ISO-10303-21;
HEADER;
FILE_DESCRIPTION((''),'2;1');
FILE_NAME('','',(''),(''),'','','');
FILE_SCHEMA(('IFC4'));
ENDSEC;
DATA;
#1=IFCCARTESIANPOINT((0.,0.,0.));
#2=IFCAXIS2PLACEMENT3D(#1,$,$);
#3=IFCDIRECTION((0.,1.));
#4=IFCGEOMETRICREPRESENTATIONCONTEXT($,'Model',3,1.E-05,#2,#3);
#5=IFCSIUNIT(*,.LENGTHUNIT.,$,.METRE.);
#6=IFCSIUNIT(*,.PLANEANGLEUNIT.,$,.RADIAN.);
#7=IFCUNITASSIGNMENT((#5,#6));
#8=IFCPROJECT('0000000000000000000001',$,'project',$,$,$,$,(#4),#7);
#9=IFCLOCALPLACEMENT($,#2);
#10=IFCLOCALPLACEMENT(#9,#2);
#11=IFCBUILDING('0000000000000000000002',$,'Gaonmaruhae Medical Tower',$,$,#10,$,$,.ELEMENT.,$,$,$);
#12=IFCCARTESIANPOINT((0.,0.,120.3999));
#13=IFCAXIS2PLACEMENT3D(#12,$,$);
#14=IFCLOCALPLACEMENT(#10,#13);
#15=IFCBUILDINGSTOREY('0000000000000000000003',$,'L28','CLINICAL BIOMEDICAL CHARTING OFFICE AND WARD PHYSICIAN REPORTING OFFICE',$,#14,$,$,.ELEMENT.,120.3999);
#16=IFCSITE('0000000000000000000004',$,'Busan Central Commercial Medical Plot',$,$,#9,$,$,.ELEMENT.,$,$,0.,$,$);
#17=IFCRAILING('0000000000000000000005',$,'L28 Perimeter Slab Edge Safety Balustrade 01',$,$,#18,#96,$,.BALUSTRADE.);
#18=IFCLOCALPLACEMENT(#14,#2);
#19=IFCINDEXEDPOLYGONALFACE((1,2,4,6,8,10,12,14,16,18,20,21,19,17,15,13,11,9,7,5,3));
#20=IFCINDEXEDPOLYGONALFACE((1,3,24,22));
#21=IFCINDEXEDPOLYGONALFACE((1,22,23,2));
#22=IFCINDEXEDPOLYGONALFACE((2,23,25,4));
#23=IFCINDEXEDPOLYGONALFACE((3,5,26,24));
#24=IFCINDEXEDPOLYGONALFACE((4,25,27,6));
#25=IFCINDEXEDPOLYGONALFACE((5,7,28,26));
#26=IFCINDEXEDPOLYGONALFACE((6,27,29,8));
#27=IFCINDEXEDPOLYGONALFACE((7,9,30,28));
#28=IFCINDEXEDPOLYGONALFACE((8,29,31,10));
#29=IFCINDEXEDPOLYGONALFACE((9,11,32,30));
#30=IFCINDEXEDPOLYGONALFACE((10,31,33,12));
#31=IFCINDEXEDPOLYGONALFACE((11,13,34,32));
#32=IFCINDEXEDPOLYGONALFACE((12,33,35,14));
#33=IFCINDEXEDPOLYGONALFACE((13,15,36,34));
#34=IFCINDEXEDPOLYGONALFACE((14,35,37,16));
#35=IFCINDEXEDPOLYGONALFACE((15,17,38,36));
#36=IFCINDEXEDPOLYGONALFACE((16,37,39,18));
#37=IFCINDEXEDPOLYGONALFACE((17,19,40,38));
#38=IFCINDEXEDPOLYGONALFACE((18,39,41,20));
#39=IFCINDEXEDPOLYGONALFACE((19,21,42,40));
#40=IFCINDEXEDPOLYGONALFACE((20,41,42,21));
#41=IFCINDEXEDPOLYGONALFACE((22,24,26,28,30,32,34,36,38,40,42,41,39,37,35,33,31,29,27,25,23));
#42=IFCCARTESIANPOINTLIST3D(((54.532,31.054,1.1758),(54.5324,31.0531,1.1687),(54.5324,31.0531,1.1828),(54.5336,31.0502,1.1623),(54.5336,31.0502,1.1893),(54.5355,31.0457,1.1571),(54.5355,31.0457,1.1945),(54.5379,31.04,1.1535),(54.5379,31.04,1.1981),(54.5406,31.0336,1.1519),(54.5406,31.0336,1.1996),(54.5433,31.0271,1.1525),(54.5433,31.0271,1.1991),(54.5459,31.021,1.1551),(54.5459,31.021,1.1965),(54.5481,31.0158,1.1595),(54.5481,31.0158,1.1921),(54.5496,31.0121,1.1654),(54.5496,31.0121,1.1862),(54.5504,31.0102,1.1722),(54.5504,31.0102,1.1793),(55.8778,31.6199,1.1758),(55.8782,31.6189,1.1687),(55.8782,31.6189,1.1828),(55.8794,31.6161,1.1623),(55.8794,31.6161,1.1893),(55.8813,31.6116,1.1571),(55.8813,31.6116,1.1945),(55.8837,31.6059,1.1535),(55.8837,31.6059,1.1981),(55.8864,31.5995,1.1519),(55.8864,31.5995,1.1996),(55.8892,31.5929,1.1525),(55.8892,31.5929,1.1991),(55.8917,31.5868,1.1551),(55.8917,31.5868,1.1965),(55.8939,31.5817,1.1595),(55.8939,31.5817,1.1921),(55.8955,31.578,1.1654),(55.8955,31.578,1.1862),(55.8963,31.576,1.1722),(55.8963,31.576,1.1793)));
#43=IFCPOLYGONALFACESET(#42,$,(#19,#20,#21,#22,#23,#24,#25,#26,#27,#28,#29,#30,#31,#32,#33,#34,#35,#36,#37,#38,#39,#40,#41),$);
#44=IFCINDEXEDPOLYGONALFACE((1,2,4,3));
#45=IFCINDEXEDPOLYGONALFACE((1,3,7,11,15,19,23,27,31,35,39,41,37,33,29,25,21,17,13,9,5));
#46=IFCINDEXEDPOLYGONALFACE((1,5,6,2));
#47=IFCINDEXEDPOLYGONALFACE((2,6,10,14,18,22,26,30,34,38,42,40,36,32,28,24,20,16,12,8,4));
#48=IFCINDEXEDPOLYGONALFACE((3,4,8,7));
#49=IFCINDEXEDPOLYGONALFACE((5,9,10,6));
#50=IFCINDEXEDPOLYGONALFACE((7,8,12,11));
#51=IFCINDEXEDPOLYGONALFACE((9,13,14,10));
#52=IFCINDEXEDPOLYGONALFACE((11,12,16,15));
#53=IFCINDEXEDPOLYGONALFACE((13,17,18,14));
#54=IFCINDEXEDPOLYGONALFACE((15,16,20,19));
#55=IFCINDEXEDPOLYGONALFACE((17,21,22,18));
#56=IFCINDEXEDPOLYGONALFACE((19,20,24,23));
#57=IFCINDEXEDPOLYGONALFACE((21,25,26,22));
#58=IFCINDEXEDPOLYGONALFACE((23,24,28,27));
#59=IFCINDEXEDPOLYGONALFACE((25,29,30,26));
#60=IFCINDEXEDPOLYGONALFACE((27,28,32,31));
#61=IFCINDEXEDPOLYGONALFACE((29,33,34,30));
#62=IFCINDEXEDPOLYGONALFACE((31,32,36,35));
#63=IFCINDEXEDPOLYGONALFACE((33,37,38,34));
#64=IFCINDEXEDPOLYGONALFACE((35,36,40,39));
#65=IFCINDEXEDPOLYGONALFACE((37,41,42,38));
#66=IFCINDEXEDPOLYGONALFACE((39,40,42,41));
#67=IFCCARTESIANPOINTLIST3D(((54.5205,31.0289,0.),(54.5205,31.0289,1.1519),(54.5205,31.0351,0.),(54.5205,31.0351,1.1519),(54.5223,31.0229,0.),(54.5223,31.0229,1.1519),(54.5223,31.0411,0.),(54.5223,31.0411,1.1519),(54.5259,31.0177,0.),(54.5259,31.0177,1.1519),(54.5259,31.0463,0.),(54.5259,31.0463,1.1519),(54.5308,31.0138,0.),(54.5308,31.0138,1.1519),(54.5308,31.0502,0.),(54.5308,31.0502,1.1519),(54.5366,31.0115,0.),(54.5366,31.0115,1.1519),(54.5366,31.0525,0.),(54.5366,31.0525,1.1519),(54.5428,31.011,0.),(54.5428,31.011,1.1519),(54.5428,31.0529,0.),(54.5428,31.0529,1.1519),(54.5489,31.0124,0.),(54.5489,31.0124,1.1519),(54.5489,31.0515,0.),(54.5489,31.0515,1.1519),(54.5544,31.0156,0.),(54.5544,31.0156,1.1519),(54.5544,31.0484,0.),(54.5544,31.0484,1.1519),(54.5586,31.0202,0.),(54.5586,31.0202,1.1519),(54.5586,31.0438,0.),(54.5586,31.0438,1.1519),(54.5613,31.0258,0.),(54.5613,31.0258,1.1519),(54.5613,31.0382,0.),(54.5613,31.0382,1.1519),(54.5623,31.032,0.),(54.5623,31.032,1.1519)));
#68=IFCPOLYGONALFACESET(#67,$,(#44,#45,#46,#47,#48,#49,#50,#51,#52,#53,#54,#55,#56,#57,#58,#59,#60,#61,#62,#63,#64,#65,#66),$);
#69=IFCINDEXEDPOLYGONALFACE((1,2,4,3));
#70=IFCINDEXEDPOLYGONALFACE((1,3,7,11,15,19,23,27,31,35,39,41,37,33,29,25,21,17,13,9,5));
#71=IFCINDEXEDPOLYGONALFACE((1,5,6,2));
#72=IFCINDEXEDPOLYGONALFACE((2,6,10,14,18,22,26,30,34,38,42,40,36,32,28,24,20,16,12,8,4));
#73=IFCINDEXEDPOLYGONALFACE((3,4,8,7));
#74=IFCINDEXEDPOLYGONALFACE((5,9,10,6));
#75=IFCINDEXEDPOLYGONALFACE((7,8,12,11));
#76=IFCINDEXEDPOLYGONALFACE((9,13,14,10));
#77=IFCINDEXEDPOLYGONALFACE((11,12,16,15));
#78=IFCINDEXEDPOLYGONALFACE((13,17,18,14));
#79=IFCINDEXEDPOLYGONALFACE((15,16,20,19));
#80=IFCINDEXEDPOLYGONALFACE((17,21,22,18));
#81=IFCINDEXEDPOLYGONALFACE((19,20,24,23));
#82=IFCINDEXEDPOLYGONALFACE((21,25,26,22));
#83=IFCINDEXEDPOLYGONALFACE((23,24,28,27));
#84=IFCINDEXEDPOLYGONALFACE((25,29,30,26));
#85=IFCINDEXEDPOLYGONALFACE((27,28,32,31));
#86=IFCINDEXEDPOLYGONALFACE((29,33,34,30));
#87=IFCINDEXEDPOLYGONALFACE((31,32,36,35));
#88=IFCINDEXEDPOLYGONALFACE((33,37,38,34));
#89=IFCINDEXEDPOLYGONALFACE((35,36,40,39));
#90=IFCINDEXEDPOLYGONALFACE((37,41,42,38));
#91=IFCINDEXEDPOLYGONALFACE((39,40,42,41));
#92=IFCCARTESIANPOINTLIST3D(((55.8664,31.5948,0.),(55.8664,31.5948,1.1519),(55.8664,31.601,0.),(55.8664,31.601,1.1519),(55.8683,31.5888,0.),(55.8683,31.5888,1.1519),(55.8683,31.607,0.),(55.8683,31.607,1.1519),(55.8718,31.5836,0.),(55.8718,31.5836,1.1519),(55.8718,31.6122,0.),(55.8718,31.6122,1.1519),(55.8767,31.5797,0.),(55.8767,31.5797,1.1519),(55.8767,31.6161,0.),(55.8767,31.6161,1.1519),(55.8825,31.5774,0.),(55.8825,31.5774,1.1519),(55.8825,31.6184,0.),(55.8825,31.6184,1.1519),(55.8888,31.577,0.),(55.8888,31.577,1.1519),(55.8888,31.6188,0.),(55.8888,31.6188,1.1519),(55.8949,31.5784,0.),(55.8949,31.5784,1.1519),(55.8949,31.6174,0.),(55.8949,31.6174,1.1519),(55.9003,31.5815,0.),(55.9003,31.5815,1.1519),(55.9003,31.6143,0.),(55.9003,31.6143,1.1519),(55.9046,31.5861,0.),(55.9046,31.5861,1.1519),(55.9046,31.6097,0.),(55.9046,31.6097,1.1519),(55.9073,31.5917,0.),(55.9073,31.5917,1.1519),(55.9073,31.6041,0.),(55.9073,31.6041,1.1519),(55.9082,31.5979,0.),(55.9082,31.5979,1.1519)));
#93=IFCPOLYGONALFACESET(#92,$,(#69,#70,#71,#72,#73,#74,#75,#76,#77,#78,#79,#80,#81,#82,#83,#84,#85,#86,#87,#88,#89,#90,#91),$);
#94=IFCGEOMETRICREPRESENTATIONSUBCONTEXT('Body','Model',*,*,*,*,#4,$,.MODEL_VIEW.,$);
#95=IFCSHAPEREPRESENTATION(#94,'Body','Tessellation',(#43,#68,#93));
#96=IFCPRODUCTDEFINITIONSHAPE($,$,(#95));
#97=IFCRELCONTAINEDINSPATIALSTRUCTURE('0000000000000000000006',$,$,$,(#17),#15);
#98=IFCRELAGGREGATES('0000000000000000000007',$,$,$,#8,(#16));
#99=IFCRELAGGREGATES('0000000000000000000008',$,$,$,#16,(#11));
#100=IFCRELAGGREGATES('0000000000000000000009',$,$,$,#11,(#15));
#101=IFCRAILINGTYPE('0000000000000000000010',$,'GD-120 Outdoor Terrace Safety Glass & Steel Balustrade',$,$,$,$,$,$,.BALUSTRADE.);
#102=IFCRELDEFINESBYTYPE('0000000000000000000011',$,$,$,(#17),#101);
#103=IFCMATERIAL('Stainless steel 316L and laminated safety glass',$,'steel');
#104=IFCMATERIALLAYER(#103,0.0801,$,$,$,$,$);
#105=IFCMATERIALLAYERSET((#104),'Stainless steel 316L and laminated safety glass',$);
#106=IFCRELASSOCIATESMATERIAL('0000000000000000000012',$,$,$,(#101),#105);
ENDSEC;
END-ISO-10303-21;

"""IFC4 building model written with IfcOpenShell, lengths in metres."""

from ifc_helpers import new_model, si_unit, direction, frame, origin, origin_2d, place, context, subcontext, project, spatial, circle, extrude, material, layer, layer_set, type_object, element, save


model = new_model("IFC4")

# Units and contexts
model_context = context("Model", 3, precision=1e-05, world=origin(), true_north=direction((0.0, 1.0)))
body_context = subcontext(model_context, "Body", "Model", "MODEL_VIEW")
ifc_project = project(units=[si_unit("LENGTHUNIT", "METRE"), si_unit("PLANEANGLEUNIT", "RADIAN")], contexts=[model_context])

# Site, building, storey
site_placement = place(None, origin())
site = spatial("IfcSite", under=ifc_project, at=site_placement, Name="Busan Central Commercial Medical Plot", CompositionType="ELEMENT", RefElevation=0.0)
building_placement = place(site_placement, origin())
building = spatial("IfcBuilding", under=site, at=building_placement, Name="Gaonmaruhae Medical Tower", CompositionType="ELEMENT")
storey_placement = place(building_placement, frame((0.0, 0.0, 120.3999)))
storey = spatial("IfcBuildingStorey", under=building, at=storey_placement, Name="L28", Description="CLINICAL BIOMEDICAL CHARTING OFFICE AND WARD PHYSICIAN REPORTING OFFICE", CompositionType="ELEMENT", Elevation=120.3999)

# Railing
ifc_material_1 = material(Name="Stainless steel 316L and laminated safety glass", Category="steel")
ifc_layer_1 = layer(ifc_material_1, 0.0801)
ifc_layer_set_1 = layer_set([ifc_layer_1], Name="Stainless steel 316L and laminated safety glass")
railing_type = type_object("IfcRailingType", Name="GD-120 Outdoor Terrace Safety Glass & Steel Balustrade", PredefinedType="BALUSTRADE", material=ifc_layer_set_1)
railing_1_placement = place(storey_placement, frame((54.5413, 31.032, 0.0)))
element("IfcRailing", 1, at=railing_1_placement, inside=storey, type_object=railing_type, Name="L28 Perimeter Slab Edge Safety Balustrade 01", PredefinedType="BALUSTRADE", context=body_context, shape_type="SweptSolid", body=[
    extrude(circle(Radius=0.0239, at=origin_2d()), frame((0.0, 0.0, 1.1758), z_axis=(0.92183, 0.387593, 0.0), x_axis=(-0.387593, 0.92183, 0.0)), (0.0, 0.0, 1.0), 1.46),
    extrude(circle(Radius=0.021, at=origin_2d()), origin(), (0.0, 0.0, 1.0), 1.1519),
    extrude(circle(Radius=0.021, at=origin_2d()), frame((1.3459, 0.5659, 0.0)), (0.0, 0.0, 1.0), 1.1519),
])

save(model, "model.ifc")
